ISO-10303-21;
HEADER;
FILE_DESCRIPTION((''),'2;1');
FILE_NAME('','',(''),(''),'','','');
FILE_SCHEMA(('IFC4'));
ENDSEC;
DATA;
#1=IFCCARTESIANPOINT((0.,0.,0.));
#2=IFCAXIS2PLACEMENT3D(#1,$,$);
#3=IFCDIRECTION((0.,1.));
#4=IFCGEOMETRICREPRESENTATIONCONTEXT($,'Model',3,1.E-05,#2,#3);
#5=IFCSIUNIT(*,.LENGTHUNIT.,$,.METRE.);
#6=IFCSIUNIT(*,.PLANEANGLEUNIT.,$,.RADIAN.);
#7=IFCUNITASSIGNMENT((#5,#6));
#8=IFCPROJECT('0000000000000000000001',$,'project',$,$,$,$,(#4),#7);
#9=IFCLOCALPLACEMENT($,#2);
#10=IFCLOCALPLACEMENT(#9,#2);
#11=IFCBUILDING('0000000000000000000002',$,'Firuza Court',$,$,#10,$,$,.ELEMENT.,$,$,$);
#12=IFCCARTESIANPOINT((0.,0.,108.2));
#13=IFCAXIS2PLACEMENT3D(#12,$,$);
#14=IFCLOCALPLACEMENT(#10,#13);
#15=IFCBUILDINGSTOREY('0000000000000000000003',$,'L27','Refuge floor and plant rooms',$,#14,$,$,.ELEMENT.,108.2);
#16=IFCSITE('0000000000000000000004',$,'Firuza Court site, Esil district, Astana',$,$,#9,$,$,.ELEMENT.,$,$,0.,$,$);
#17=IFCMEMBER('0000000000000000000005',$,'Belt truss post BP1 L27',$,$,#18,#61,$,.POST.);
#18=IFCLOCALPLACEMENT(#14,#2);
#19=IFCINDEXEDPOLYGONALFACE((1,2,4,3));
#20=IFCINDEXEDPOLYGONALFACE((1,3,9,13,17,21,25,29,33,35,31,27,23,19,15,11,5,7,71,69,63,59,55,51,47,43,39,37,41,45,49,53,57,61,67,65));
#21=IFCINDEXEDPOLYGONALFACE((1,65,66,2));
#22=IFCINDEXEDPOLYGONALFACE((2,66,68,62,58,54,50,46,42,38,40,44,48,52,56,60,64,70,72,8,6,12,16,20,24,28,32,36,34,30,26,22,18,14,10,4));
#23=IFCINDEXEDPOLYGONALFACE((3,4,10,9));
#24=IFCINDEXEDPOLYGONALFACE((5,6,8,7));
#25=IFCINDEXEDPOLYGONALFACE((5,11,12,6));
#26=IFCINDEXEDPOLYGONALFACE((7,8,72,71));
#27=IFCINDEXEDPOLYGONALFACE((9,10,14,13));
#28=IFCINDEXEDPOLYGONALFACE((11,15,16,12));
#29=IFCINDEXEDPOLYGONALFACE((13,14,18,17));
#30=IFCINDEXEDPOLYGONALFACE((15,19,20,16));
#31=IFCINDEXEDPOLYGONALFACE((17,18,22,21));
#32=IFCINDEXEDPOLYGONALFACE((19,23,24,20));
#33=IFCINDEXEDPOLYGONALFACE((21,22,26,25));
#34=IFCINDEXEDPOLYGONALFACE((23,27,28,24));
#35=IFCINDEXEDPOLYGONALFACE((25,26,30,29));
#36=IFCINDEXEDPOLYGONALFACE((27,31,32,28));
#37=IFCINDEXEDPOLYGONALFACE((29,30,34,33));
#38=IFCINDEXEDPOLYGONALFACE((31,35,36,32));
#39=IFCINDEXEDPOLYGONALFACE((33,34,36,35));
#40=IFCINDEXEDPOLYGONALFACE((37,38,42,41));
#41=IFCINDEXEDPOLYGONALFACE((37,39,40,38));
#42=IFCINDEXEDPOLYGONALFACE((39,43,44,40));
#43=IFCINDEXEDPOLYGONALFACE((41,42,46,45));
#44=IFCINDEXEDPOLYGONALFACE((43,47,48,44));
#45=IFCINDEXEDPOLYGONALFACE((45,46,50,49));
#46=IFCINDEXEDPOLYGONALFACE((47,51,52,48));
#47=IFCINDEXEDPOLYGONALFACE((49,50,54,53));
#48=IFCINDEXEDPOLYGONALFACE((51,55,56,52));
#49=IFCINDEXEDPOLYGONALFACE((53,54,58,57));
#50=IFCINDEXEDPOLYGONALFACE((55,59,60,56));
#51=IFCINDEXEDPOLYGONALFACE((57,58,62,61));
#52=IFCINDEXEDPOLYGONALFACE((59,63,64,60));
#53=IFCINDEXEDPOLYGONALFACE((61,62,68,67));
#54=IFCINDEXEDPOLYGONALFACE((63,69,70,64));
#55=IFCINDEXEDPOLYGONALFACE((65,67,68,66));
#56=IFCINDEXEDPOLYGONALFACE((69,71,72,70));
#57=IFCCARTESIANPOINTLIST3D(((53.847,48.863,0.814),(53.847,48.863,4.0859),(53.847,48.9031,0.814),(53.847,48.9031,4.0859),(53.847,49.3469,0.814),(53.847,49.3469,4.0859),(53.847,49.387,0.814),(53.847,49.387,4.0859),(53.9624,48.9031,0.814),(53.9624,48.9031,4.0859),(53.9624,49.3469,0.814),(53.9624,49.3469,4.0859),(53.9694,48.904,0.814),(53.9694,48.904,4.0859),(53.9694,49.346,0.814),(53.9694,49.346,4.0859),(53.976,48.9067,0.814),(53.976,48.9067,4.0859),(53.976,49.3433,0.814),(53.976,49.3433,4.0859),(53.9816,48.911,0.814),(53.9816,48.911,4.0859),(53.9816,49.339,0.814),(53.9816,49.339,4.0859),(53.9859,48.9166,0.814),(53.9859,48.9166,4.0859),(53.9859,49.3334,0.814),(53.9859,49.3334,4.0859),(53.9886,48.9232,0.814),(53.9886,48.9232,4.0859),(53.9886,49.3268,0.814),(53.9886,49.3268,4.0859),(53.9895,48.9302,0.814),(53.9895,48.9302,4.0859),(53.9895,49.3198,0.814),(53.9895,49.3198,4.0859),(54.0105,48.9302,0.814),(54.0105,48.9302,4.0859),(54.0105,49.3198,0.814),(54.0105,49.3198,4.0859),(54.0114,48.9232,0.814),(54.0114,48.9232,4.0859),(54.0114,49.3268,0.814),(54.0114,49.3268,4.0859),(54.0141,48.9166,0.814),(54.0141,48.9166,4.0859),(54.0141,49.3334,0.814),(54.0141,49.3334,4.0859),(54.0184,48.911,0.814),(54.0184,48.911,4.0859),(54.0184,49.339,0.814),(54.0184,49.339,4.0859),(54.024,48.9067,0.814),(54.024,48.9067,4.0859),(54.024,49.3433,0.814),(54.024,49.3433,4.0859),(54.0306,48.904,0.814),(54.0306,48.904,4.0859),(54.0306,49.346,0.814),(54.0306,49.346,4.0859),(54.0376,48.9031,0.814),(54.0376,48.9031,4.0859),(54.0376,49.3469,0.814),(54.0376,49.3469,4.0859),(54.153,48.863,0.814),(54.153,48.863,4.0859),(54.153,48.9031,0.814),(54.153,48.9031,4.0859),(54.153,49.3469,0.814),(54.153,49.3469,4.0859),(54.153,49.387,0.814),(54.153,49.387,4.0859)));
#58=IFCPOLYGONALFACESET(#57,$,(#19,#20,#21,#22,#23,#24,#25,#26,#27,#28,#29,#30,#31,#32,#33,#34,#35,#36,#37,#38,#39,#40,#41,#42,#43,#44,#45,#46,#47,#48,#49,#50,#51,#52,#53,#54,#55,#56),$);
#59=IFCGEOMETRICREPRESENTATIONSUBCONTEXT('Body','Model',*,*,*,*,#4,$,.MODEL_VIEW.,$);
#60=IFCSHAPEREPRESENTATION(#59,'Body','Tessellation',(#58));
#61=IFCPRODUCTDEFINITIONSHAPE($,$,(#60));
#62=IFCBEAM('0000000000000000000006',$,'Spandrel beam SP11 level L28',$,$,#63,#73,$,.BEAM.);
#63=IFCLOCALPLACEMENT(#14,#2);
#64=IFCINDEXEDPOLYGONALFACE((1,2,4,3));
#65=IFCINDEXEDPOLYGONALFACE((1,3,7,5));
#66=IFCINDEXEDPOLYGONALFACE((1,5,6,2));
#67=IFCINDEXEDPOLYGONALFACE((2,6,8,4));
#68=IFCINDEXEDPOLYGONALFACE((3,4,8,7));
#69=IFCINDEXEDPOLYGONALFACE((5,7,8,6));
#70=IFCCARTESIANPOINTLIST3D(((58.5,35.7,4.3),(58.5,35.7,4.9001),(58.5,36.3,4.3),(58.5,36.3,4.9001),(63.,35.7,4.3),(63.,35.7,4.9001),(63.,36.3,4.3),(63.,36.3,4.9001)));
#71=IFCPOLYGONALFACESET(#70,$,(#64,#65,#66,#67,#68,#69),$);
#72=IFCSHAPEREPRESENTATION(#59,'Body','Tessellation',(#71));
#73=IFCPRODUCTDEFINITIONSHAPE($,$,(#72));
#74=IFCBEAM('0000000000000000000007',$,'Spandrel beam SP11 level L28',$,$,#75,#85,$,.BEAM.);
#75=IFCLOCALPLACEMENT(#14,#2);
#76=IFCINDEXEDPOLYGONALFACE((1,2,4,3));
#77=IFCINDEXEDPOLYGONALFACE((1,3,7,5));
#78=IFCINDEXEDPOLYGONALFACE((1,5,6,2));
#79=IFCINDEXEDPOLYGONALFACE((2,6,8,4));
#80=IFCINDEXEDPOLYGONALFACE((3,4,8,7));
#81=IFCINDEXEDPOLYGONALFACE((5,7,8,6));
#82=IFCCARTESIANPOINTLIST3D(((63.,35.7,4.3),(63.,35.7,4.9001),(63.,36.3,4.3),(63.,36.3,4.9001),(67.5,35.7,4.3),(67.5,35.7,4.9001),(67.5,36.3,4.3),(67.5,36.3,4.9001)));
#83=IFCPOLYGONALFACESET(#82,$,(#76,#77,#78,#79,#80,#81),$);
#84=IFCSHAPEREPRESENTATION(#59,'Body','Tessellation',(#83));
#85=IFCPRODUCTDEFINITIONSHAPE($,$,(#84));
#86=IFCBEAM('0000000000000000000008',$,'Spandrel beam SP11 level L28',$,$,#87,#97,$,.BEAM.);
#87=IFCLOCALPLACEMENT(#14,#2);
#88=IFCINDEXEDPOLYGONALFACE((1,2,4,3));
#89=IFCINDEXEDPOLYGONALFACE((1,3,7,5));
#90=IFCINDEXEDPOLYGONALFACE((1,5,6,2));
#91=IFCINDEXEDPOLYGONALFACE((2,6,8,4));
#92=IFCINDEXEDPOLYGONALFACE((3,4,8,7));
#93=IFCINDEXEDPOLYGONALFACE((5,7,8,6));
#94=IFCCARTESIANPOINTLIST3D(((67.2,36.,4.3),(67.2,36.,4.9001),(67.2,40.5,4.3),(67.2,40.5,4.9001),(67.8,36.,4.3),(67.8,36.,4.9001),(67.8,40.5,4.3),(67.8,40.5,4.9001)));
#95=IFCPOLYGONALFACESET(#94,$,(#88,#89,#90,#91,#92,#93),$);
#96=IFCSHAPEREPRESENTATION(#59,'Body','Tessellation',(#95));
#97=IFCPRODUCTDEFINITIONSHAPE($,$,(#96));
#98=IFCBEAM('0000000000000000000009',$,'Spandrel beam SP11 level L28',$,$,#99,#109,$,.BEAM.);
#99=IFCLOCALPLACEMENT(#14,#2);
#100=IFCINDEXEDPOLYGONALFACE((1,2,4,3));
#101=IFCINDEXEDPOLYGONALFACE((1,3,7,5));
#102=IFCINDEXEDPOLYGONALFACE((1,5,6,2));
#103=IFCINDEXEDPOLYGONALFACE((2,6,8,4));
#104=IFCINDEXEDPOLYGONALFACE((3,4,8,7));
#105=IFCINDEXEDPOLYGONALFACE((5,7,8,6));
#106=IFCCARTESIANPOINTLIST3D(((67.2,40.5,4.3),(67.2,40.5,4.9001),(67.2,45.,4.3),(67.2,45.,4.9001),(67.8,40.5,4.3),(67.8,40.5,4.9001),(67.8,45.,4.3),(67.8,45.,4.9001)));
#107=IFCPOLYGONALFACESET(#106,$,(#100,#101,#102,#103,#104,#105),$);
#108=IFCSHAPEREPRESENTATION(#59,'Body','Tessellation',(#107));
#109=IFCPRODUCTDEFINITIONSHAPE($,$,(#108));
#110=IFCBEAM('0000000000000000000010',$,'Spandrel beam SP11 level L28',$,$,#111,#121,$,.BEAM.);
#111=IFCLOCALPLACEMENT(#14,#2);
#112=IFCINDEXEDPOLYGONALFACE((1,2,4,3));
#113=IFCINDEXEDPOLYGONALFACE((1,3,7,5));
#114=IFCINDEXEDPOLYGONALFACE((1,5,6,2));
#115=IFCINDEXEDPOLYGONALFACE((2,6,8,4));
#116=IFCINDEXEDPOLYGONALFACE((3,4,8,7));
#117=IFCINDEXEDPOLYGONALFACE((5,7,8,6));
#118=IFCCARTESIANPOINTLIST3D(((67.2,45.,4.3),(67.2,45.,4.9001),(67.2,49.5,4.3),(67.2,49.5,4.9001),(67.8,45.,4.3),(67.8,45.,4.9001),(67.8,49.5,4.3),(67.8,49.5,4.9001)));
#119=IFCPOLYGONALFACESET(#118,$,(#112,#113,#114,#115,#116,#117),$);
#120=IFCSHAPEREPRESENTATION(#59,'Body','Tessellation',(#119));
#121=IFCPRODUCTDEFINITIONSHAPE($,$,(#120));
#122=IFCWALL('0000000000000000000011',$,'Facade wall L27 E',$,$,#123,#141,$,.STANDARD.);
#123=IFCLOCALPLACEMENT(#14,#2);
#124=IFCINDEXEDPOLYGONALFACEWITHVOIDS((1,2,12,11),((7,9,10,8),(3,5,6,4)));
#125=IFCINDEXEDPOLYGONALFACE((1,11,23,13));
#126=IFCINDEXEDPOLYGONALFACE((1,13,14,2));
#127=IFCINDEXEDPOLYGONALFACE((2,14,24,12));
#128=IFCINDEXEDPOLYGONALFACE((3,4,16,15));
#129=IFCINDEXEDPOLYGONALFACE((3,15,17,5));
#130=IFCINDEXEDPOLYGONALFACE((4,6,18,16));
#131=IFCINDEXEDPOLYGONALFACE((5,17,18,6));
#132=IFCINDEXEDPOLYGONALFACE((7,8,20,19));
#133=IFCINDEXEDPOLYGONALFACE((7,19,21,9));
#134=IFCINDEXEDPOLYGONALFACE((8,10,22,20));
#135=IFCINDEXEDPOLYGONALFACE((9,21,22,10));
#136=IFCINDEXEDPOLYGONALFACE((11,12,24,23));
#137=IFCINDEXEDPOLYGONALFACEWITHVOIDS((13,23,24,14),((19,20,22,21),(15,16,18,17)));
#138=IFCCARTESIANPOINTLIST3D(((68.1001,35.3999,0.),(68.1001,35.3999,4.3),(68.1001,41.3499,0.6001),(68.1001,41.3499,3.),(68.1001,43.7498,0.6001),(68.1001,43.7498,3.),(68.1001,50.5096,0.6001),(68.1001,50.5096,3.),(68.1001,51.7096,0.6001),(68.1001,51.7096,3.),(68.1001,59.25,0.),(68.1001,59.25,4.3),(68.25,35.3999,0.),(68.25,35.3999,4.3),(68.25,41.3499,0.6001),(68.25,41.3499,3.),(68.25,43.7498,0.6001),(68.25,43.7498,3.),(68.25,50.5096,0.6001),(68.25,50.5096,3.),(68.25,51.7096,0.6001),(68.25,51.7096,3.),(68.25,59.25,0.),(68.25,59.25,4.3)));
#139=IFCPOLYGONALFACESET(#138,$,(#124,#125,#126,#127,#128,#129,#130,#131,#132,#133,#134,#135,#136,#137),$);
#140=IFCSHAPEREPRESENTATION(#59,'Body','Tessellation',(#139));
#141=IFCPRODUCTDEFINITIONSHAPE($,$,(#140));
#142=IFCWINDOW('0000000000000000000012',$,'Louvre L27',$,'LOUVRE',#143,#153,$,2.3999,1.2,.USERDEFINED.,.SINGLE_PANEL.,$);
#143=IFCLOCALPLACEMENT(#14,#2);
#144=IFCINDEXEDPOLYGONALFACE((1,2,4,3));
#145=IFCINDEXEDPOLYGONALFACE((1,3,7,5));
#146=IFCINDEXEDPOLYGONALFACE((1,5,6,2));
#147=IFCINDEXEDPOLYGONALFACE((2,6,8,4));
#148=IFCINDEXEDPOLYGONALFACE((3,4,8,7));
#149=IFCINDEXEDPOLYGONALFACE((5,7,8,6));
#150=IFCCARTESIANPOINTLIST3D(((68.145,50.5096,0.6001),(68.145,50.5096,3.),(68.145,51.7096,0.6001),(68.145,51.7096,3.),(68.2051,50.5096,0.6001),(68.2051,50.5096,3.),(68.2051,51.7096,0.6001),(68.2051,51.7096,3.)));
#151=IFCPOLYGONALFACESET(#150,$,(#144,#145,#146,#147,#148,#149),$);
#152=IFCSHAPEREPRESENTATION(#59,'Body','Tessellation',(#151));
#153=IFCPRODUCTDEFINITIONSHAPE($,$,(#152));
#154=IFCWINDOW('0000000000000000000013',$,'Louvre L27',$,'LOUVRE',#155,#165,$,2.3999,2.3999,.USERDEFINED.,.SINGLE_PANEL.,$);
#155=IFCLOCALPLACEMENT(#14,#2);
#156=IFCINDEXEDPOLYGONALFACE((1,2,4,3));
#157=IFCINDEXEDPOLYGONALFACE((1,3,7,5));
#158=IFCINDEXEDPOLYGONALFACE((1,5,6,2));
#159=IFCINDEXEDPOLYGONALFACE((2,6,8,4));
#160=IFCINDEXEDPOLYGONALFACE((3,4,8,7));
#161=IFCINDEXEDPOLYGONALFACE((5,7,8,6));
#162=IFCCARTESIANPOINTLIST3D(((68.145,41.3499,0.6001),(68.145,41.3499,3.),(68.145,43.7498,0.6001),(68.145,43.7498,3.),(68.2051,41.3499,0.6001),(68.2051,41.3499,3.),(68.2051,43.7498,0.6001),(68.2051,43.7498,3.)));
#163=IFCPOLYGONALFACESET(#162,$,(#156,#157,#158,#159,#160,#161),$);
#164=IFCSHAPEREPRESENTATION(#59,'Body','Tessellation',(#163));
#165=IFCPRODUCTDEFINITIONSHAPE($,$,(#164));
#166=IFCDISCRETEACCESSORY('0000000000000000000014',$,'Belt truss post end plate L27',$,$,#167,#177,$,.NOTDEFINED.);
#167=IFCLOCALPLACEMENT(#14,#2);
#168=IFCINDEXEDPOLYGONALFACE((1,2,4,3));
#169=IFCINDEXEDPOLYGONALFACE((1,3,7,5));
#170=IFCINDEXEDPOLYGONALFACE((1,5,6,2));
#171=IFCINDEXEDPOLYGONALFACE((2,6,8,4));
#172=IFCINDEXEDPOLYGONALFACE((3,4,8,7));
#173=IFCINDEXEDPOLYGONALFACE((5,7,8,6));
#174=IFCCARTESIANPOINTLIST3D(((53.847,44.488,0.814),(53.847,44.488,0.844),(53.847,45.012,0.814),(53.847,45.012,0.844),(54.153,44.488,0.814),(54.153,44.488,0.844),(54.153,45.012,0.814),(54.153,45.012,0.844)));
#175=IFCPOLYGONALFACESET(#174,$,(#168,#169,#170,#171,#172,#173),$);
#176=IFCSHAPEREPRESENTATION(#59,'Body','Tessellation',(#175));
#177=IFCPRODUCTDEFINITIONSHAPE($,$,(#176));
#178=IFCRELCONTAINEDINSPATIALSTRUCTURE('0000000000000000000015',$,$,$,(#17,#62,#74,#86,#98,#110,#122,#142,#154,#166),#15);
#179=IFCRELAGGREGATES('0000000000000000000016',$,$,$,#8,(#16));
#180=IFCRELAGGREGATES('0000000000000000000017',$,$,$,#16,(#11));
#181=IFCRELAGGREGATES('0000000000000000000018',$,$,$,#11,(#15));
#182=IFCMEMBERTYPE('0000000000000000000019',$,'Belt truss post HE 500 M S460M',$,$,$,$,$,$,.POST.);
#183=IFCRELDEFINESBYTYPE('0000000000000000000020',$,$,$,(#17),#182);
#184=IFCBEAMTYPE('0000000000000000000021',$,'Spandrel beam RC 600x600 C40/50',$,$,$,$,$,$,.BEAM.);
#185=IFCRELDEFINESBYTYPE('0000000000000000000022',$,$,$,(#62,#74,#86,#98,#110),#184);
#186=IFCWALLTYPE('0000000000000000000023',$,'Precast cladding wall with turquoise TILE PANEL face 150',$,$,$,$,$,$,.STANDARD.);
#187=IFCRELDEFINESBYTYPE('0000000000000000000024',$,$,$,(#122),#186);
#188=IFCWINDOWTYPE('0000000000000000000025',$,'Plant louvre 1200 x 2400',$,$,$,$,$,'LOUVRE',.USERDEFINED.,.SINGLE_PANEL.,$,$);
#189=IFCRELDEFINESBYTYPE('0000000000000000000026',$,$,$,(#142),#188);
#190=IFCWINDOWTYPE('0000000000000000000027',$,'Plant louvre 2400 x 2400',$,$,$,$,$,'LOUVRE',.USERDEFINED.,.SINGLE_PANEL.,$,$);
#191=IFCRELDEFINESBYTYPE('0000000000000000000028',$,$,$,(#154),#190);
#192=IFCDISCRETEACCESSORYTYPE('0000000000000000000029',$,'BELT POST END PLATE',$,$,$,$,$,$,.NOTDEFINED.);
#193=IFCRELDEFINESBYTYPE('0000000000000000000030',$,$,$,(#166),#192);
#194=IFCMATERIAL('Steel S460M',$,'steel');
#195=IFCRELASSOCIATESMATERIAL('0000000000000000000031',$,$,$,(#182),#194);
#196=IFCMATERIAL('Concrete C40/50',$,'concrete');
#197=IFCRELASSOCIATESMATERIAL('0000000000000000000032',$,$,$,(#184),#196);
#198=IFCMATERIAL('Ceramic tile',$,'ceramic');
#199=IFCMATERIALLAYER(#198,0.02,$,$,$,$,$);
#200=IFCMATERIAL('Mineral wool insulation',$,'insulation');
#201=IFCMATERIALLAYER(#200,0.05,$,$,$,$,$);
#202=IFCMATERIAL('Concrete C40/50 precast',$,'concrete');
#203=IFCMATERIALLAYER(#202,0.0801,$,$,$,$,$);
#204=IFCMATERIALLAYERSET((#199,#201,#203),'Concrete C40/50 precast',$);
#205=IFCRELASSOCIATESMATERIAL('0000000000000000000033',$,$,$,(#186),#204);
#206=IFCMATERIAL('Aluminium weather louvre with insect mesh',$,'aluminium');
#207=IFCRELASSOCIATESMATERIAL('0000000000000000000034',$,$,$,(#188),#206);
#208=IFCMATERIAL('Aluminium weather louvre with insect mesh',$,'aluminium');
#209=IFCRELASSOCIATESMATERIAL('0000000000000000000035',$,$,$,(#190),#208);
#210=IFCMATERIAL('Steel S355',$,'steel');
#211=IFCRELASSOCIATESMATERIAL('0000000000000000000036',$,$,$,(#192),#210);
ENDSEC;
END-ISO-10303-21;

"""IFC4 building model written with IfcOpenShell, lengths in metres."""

from ifc_helpers import new_model, si_unit, direction, frame, frame_2d, origin, origin_2d, place, context, subcontext, project, spatial, rectangle, i_section, extrude, material, layer, layer_set, material_profile, profile_set, type_object, element, fill, save


model = new_model("IFC4")

# Units and contexts
model_context = context("Model", 3, precision=1e-05, world=origin(), true_north=direction((0.0, 1.0)))
body_context = subcontext(model_context, "Body", "Model", "MODEL_VIEW")
ifc_project = project(units=[si_unit("LENGTHUNIT", "METRE"), si_unit("PLANEANGLEUNIT", "RADIAN")], contexts=[model_context])

# Site, building, storey
site_placement = place(None, origin())
site = spatial("IfcSite", under=ifc_project, at=site_placement, Name="Firuza Court site, Esil district, Astana", CompositionType="ELEMENT", RefElevation=0.0)
building_placement = place(site_placement, origin())
building = spatial("IfcBuilding", under=site, at=building_placement, Name="Firuza Court", CompositionType="ELEMENT")
storey_placement = place(building_placement, frame((0.0, 0.0, 108.2)))
storey = spatial("IfcBuildingStorey", under=building, at=storey_placement, Name="L27", Description="Refuge floor and plant rooms", CompositionType="ELEMENT", Elevation=108.2)

# Member
ifc_material_1 = material(Name="Steel S460M", Category="steel")
ifc_material_profile_1 = material_profile(ifc_material_1, i_section(OverallWidth=0.3059, OverallDepth=0.5239, WebThickness=0.021, FlangeThickness=0.04, FilletRadius=0.0271, at=origin_2d()), Name="HE 500 M")
ifc_profile_set_1 = profile_set([ifc_material_profile_1], Name="Steel S460M")
member_type_1 = type_object("IfcMemberType", Name="Belt truss post HE 500 M S460M", PredefinedType="POST", material=ifc_profile_set_1)
for number, where, z_axis, x_axis, name in (
    (1, (54.0, 49.125, 0.814), (0.0, 0.0, 1.0), (1.0, 0.0, 0.0), "Belt truss post BP1 L27"),
):
    element("IfcMember", number, at=place(storey_placement, frame(where, z_axis=z_axis, x_axis=x_axis)), inside=storey, type_object=member_type_1, Name=name, PredefinedType="POST", context=body_context, shape_type="SweptSolid", body=[
        extrude(i_section(OverallWidth=0.3059, OverallDepth=0.5239, WebThickness=0.021, FlangeThickness=0.04, FilletRadius=0.0271, at=origin_2d()), origin(), (0.0, 0.0, 1.0), 3.272),
    ])

# Beams
ifc_material_2 = material(Name="Concrete C40/50", Category="concrete")
ifc_material_profile_2 = material_profile(ifc_material_2, rectangle(XDim=0.6001, YDim=0.6001, at=origin_2d()), Name="RC 600x600")
ifc_profile_set_2 = profile_set([ifc_material_profile_2], Name="Concrete C40/50")
beam_type_1 = type_object("IfcBeamType", Name="Spandrel beam RC 600x600 C40/50", PredefinedType="BEAM", material=ifc_profile_set_2)
for number, where, z_axis, x_axis, name in (
    (2, (58.5, 36.0, 4.6001), (1.0, 0.0, 0.0), (0.0, 1.0, 0.0), "Spandrel beam SP11 level L28"),
    (3, (63.0, 36.0, 4.6001), (1.0, 0.0, 0.0), (0.0, 1.0, 0.0), "Spandrel beam SP11 level L28"),
    (4, (67.5, 36.0, 4.6001), (0.0, 1.0, 0.0), (-1.0, 0.0, 0.0), "Spandrel beam SP11 level L28"),
    (5, (67.5, 40.5, 4.6001), (0.0, 1.0, 0.0), (-1.0, 0.0, 0.0), "Spandrel beam SP11 level L28"),
    (6, (67.5, 45.0, 4.6001), (0.0, 1.0, 0.0), (-1.0, 0.0, 0.0), "Spandrel beam SP11 level L28"),
):
    element("IfcBeam", number, at=place(storey_placement, frame(where, z_axis=z_axis, x_axis=x_axis)), inside=storey, type_object=beam_type_1, Name=name, PredefinedType="BEAM", context=body_context, shape_type="SweptSolid", body=[
        extrude(rectangle(XDim=0.6001, YDim=0.6001, at=origin_2d()), origin(), (0.0, 0.0, 1.0), 4.5),
    ])

# Wall, openings, windows
ifc_material_3 = material(Name="Ceramic tile", Category="ceramic")
ifc_layer_1 = layer(ifc_material_3, 0.02)
ifc_material_4 = material(Name="Mineral wool insulation", Category="insulation")
ifc_layer_2 = layer(ifc_material_4, 0.05)
ifc_material_5 = material(Name="Concrete C40/50 precast", Category="concrete")
ifc_layer_3 = layer(ifc_material_5, 0.0801)
ifc_layer_set = layer_set([ifc_layer_1, ifc_layer_2, ifc_layer_3], Name="Concrete C40/50 precast")
wall_type = type_object("IfcWallType", Name="Precast cladding wall with turquoise TILE PANEL face 150", PredefinedType="STANDARD", material=ifc_layer_set)
wall_placement = place(storey_placement, frame((68.175, 35.3999, 0.0), z_axis=(0.0, 0.0, 1.0), x_axis=(0.0, 1.0, 0.0)))
wall = element("IfcWall", 7, at=wall_placement, inside=storey, type_object=wall_type, Name="Facade wall L27 E", PredefinedType="STANDARD", context=body_context, shape_type="SweptSolid", body=[
    extrude(rectangle(XDim=23.8501, YDim=0.1499, at=frame_2d((11.925, 0.0))), origin(), (0.0, 0.0, 1.0), 4.3),
])
opening_1_placement = place(wall_placement, frame((5.95, 0.0, 0.6001)))
opening_1 = element("IfcOpeningElement", 8, at=opening_1_placement, cuts=wall, PredefinedType="OPENING", context=body_context, shape_type="SweptSolid", body=[
    extrude(rectangle(XDim=2.3999, YDim=2.3999, at=frame_2d((1.2, 1.2))), frame((0.0, 0.0869, 0.0), z_axis=(0.0, -1.0, 0.0), x_axis=(1.0, 0.0, 0.0)), (0.0, 0.0, 1.0), 0.1738),
])
opening_2_placement = place(wall_placement, frame((15.1096, 0.0, 0.6001)))
opening_2 = element("IfcOpeningElement", 9, at=opening_2_placement, cuts=wall, PredefinedType="OPENING", context=body_context, shape_type="SweptSolid", body=[
    extrude(rectangle(XDim=1.2, YDim=2.3999, at=frame_2d((0.6001, 1.2))), frame((0.0, 0.0869, 0.0), z_axis=(0.0, -1.0, 0.0), x_axis=(1.0, 0.0, 0.0)), (0.0, 0.0, 1.0), 0.1738),
])
ifc_material_6 = material(Name="Aluminium weather louvre with insect mesh", Category="aluminium")
window_type_1 = type_object("IfcWindowType", Name="Plant louvre 1200 x 2400", ElementType="LOUVRE", PartitioningType="SINGLE_PANEL", PredefinedType="USERDEFINED", material=ifc_material_6)
window_1_placement = place(opening_2_placement, origin())
window_1 = element("IfcWindow", 10, at=window_1_placement, inside=storey, type_object=window_type_1, Name="Louvre L27", ObjectType="LOUVRE", OverallHeight=2.3999, OverallWidth=1.2, PartitioningType="SINGLE_PANEL", PredefinedType="USERDEFINED", context=body_context, shape_type="SweptSolid", body=[
    extrude(rectangle(XDim=1.2, YDim=2.3999, at=frame_2d((0.6001, 1.2))), frame((0.0, 0.03, 0.0), z_axis=(0.0, -1.0, 0.0), x_axis=(1.0, 0.0, 0.0)), (0.0, 0.0, 1.0), 0.0601),
])
fill(opening_2, window_1)
ifc_material_7 = material(Name="Aluminium weather louvre with insect mesh", Category="aluminium")
window_type_2 = type_object("IfcWindowType", Name="Plant louvre 2400 x 2400", ElementType="LOUVRE", PartitioningType="SINGLE_PANEL", PredefinedType="USERDEFINED", material=ifc_material_7)
window_2_placement = place(opening_1_placement, origin())
window_2 = element("IfcWindow", 11, at=window_2_placement, inside=storey, type_object=window_type_2, Name="Louvre L27", ObjectType="LOUVRE", OverallHeight=2.3999, OverallWidth=2.3999, PartitioningType="SINGLE_PANEL", PredefinedType="USERDEFINED", context=body_context, shape_type="SweptSolid", body=[
    extrude(rectangle(XDim=2.3999, YDim=2.3999, at=frame_2d((1.2, 1.2))), frame((0.0, 0.03, 0.0), z_axis=(0.0, -1.0, 0.0), x_axis=(1.0, 0.0, 0.0)), (0.0, 0.0, 1.0), 0.0601),
])
fill(opening_1, window_2)

# Discrete accessory
ifc_material_8 = material(Name="Steel S355", Category="steel")
ifc_material_profile_3 = material_profile(ifc_material_8, rectangle(XDim=0.3059, YDim=0.5239, at=origin_2d()), Name="PL 306X524")
ifc_profile_set_3 = profile_set([ifc_material_profile_3], Name="Steel S355")
discrete_accessory_type = type_object("IfcDiscreteAccessoryType", Name="BELT POST END PLATE", PredefinedType="NOTDEFINED", material=ifc_profile_set_3)
discrete_accessory_1_placement = place(storey_placement, frame((54.0, 44.75, 0.814), z_axis=(0.0, 0.0, 1.0), x_axis=(1.0, 0.0, 0.0)))
element("IfcDiscreteAccessory", 12, at=discrete_accessory_1_placement, inside=storey, type_object=discrete_accessory_type, Name="Belt truss post end plate L27", PredefinedType="NOTDEFINED", context=body_context, shape_type="SweptSolid", body=[
    extrude(rectangle(XDim=0.3059, YDim=0.5239, at=origin_2d()), origin(), (0.0, 0.0, 1.0), 0.03),
])

save(model, "model.ifc")
